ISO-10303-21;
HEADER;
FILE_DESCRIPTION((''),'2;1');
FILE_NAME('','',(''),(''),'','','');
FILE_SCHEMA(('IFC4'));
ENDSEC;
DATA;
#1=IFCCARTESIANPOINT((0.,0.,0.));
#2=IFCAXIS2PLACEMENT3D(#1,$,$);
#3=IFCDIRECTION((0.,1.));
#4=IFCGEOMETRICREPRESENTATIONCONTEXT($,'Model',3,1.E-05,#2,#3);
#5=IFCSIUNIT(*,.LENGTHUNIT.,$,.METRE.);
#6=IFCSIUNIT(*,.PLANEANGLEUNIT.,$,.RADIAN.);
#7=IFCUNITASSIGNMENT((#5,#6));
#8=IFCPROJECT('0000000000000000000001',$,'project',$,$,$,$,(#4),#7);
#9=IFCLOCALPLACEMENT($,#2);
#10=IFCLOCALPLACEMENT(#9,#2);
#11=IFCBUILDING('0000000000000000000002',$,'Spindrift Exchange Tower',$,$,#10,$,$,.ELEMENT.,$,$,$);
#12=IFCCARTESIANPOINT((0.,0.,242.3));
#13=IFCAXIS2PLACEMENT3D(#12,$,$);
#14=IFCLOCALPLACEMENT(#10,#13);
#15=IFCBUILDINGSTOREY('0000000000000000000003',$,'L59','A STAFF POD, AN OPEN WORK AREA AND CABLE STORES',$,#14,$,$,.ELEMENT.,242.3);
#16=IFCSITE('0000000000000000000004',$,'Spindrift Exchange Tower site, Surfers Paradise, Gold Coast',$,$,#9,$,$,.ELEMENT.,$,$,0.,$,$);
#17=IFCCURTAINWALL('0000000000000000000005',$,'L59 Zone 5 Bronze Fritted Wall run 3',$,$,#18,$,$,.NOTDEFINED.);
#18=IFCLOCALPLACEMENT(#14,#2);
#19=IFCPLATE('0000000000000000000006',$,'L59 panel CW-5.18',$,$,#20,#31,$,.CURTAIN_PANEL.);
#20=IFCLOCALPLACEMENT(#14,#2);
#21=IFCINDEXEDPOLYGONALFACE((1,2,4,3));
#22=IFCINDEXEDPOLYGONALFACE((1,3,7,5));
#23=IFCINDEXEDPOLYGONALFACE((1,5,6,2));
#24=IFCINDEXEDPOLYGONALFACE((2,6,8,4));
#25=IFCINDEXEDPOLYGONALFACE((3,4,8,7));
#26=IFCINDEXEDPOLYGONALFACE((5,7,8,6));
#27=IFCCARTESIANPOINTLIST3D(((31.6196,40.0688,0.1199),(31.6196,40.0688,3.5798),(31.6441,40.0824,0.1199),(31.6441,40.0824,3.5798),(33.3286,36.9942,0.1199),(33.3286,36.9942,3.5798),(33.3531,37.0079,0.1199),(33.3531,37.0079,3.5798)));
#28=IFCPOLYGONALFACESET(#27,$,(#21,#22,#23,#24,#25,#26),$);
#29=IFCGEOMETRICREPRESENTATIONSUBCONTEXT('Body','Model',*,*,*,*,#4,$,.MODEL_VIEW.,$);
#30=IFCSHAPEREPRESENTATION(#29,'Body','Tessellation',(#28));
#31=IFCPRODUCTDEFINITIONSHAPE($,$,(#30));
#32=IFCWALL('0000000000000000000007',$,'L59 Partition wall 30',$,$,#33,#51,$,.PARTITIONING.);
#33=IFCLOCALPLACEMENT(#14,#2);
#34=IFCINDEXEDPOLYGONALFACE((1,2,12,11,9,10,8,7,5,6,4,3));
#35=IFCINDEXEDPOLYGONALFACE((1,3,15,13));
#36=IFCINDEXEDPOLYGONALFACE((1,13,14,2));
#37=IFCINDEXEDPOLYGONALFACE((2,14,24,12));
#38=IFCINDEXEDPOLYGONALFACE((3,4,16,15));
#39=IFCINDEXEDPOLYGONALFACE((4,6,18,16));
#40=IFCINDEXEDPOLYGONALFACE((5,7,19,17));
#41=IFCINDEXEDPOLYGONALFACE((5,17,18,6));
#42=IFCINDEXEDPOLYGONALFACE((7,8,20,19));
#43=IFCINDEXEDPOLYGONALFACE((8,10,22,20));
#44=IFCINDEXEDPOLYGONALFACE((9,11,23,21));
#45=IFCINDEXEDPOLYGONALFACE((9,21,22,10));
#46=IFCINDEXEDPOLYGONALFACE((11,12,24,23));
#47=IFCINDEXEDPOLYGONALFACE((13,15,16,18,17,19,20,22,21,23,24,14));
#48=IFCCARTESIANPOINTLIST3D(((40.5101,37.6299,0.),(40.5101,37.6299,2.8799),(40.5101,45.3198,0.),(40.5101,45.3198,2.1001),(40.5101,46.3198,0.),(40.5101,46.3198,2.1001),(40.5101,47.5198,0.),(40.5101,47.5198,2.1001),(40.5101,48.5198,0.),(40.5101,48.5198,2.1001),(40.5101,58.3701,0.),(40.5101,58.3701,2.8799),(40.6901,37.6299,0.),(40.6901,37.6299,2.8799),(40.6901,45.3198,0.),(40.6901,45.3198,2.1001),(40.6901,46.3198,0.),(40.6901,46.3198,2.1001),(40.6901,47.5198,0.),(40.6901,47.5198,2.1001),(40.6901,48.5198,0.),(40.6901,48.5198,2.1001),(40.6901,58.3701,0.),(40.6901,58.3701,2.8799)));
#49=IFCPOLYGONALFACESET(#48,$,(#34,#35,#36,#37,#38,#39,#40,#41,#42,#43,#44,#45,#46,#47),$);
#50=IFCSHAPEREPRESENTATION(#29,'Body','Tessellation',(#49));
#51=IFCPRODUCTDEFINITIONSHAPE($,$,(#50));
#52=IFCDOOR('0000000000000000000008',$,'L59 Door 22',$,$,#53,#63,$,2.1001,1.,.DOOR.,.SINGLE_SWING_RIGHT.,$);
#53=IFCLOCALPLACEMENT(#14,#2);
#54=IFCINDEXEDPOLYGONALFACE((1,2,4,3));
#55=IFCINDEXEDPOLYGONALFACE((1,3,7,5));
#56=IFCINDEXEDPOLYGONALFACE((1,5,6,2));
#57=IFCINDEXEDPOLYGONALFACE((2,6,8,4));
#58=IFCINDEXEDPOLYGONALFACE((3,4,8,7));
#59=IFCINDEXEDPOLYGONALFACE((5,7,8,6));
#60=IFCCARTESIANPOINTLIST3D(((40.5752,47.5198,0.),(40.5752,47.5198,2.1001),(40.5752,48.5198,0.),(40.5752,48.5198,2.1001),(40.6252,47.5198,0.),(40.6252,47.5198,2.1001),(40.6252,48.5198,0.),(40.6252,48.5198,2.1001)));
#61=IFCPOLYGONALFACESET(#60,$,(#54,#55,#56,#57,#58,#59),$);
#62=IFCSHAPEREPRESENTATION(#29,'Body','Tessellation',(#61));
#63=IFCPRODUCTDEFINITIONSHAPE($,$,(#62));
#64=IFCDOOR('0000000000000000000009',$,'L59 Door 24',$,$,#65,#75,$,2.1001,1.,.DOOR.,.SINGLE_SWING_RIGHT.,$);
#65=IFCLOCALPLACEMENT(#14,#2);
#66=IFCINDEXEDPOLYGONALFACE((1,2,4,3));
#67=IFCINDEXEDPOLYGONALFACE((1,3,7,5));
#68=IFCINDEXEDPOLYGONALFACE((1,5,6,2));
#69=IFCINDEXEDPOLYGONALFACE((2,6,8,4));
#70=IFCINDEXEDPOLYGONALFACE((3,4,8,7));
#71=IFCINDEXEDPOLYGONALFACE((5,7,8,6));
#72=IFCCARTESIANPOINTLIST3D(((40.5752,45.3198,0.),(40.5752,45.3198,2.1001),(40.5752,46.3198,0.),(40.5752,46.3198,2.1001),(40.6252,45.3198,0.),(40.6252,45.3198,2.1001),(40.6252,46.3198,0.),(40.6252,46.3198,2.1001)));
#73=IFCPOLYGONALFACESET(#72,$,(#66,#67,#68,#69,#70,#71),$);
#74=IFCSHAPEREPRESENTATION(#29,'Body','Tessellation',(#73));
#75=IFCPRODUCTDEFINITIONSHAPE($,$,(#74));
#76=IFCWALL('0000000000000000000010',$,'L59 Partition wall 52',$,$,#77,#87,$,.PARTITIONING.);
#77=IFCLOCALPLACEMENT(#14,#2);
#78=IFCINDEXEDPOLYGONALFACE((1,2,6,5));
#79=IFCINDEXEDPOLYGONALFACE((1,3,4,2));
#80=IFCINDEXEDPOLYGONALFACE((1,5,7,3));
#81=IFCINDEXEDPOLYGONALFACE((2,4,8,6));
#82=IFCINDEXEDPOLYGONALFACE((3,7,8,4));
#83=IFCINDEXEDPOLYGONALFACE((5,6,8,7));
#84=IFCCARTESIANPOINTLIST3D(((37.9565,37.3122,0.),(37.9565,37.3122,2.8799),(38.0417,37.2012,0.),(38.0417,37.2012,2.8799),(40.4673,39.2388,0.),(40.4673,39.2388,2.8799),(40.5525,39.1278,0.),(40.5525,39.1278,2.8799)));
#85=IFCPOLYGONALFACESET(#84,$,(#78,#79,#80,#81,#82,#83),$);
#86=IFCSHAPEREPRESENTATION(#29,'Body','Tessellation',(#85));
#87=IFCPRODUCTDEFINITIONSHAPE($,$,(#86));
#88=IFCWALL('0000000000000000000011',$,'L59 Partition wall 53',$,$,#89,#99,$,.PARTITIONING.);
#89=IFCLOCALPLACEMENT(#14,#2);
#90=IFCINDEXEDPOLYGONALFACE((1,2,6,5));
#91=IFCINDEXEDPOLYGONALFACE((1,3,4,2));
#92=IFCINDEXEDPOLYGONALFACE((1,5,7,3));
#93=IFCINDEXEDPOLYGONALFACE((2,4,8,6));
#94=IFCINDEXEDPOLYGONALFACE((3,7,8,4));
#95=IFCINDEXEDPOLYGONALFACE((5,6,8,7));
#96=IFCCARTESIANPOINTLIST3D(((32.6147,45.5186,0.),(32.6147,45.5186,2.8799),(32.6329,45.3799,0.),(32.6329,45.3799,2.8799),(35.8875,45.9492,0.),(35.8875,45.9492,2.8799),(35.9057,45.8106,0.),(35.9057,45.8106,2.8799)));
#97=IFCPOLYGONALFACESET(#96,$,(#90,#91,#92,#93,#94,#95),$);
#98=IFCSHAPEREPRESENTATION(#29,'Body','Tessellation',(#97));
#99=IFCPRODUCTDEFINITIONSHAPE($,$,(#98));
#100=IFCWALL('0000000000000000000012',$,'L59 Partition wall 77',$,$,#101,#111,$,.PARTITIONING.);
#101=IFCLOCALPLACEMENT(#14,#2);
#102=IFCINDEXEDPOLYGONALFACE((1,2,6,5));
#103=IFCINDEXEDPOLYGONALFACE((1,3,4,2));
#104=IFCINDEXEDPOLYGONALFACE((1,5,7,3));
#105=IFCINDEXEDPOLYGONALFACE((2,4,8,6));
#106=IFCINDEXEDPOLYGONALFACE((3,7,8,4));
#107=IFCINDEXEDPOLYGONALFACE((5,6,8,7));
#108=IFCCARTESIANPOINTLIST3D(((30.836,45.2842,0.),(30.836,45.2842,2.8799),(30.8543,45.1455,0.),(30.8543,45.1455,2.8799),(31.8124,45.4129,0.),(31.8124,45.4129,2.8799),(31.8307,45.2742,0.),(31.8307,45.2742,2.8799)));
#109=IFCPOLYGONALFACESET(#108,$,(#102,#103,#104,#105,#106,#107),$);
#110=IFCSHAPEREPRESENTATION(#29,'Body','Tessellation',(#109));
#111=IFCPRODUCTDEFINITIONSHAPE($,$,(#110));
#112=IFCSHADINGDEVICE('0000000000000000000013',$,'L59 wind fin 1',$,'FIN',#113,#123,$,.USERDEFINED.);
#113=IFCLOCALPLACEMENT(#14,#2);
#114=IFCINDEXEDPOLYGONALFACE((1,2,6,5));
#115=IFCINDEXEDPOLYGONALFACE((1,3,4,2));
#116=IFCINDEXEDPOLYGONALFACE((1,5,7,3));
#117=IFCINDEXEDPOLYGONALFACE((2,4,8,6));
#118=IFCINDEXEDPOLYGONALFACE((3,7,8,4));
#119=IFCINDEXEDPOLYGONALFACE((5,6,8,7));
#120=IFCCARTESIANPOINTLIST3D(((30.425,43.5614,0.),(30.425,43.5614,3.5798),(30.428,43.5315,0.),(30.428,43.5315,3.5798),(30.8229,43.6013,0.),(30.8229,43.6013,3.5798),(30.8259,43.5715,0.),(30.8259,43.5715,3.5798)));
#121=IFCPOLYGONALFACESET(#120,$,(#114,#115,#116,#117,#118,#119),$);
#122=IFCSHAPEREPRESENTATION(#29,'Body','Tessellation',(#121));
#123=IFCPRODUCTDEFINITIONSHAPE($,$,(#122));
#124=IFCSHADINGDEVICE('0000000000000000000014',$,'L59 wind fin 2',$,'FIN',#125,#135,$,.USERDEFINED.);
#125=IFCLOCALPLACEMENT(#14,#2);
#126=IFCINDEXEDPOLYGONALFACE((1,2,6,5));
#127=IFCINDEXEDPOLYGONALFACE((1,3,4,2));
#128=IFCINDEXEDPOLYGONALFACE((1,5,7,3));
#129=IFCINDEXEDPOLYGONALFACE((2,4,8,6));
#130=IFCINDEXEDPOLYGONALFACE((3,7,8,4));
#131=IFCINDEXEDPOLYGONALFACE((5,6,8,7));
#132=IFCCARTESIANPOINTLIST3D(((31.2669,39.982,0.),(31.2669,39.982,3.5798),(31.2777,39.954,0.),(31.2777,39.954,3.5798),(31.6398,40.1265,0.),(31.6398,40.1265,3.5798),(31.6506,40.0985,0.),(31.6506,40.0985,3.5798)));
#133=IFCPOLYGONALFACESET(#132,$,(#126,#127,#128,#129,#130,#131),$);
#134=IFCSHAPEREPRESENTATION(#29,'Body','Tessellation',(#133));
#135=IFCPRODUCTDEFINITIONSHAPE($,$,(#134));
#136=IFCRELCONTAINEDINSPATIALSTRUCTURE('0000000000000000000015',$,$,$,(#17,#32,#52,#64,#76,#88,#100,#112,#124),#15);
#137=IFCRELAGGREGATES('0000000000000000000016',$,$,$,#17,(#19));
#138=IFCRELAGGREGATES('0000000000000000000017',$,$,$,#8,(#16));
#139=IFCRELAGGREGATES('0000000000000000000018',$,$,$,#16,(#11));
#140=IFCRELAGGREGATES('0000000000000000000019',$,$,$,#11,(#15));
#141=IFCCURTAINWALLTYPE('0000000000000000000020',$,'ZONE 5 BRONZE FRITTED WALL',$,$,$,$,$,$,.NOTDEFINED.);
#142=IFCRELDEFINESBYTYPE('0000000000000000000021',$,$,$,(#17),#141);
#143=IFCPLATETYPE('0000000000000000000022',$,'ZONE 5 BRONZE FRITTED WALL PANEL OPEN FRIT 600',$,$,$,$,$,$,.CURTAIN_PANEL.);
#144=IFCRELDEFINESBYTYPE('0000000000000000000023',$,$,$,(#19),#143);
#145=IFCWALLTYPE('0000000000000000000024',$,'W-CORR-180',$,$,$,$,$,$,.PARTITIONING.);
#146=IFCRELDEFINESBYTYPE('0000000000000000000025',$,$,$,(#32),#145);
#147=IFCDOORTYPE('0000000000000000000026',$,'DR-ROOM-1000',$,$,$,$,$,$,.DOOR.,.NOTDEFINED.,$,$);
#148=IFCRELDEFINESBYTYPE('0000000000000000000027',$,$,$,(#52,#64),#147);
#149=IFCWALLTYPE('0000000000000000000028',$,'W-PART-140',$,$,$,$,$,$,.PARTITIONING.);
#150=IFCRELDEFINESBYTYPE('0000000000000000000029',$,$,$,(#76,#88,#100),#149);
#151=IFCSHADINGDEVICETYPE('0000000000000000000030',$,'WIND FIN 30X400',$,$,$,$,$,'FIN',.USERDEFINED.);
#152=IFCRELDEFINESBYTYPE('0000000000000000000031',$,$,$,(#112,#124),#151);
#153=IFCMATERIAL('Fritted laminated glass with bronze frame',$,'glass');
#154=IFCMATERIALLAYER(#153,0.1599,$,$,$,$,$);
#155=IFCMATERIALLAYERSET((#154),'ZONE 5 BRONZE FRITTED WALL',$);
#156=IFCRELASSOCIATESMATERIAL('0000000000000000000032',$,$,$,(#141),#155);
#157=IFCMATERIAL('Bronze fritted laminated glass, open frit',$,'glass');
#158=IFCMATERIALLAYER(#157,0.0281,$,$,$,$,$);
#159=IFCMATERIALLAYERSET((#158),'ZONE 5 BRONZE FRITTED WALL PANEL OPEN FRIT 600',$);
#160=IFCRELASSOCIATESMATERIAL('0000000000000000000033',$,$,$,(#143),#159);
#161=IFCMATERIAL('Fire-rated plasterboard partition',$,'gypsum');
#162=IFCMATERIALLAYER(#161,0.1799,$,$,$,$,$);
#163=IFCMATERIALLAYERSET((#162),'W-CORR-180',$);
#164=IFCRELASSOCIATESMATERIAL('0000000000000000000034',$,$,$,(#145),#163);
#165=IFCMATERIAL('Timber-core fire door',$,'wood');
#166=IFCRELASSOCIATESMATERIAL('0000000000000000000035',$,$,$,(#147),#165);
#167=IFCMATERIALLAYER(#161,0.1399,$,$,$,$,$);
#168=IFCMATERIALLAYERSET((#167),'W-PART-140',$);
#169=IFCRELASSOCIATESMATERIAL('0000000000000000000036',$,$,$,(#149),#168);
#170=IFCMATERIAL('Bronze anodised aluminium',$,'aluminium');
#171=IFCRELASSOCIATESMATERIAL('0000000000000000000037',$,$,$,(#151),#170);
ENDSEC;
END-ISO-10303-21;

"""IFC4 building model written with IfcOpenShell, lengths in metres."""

from ifc_helpers import new_model, si_unit, direction, frame, frame_2d, origin, origin_2d, place, context, subcontext, project, spatial, rectangle, extrude, source, transform, mapped, material, layer, layer_set, material_profile, profile_set, type_object, element, fill, aggregate, save


model = new_model("IFC4")

# Units and contexts
model_context = context("Model", 3, precision=1e-05, world=origin(), true_north=direction((0.0, 1.0)))
body_context = subcontext(model_context, "Body", "Model", "MODEL_VIEW")
ifc_project = project(units=[si_unit("LENGTHUNIT", "METRE"), si_unit("PLANEANGLEUNIT", "RADIAN")], contexts=[model_context])

# Site, building, storey
site_placement = place(None, origin())
site = spatial("IfcSite", under=ifc_project, at=site_placement, Name="Spindrift Exchange Tower site, Surfers Paradise, Gold Coast", CompositionType="ELEMENT", RefElevation=0.0)
building_placement = place(site_placement, origin())
building = spatial("IfcBuilding", under=site, at=building_placement, Name="Spindrift Exchange Tower", CompositionType="ELEMENT")
storey_placement = place(building_placement, frame((0.0, 0.0, 242.3)))
storey = spatial("IfcBuildingStorey", under=building, at=storey_placement, Name="L59", Description="A STAFF POD, AN OPEN WORK AREA AND CABLE STORES", CompositionType="ELEMENT", Elevation=242.3)

# Curtain wall, plate
ifc_material_1 = material(Name="Fritted laminated glass with bronze frame", Category="glass")
ifc_layer_1 = layer(ifc_material_1, 0.1599)
ifc_layer_set_1 = layer_set([ifc_layer_1], Name="ZONE 5 BRONZE FRITTED WALL")
curtain_wall_type = type_object("IfcCurtainWallType", Name="ZONE 5 BRONZE FRITTED WALL", PredefinedType="NOTDEFINED", material=ifc_layer_set_1)
curtain_wall_placement = place(storey_placement, origin())
curtain_wall = element("IfcCurtainWall", 1, at=curtain_wall_placement, inside=storey, type_object=curtain_wall_type, Name="L59 Zone 5 Bronze Fritted Wall run 3", PredefinedType="NOTDEFINED")
ifc_material_2 = material(Name="Bronze anodised aluminium", Category="aluminium")
ifc_material_3 = material(Name="Bronze fritted laminated glass, open frit", Category="glass")
ifc_layer_2 = layer(ifc_material_3, 0.0281)
ifc_layer_set_2 = layer_set([ifc_layer_2], Name="ZONE 5 BRONZE FRITTED WALL PANEL OPEN FRIT 600")
plate_type_1 = type_object("IfcPlateType", Name="ZONE 5 BRONZE FRITTED WALL PANEL OPEN FRIT 600", PredefinedType="CURTAIN_PANEL", material=ifc_layer_set_2)
shared_shape_1 = source(origin(), body_context, "Body", "SweptSolid", [
    extrude(rectangle(XDim=3.5176, YDim=0.0281, at=origin_2d()), origin(), (0.0, 0.0, 1.0), 3.46),
])
plate_1_placement = place(storey_placement, frame((32.4863, 38.5383, 0.1199), z_axis=(0.0, 0.0, 1.0), x_axis=(0.485843, -0.874046, 0.0)))
plate_1 = element("IfcPlate", 2, at=plate_1_placement, type_object=plate_type_1, Name="L59 panel CW-5.18", PredefinedType="CURTAIN_PANEL", context=body_context, shape_type="MappedRepresentation", body=[
    mapped(shared_shape_1, transform((0.0, 0.0, 0.0), scale=1.0)),
])
aggregate(curtain_wall, [plate_1])

# Wall, openings, doors
ifc_material_4 = material(Name="Fire-rated plasterboard partition", Category="gypsum")
ifc_layer_3 = layer(ifc_material_4, 0.1799)
ifc_layer_set_3 = layer_set([ifc_layer_3], Name="W-CORR-180")
wall_type_1 = type_object("IfcWallType", Name="W-CORR-180", PredefinedType="PARTITIONING", material=ifc_layer_set_3)
wall_1_placement = place(storey_placement, frame((40.6001, 37.6299, 0.0), z_axis=(0.0, 0.0, 1.0), x_axis=(0.0, 1.0, 0.0)))
wall_1 = element("IfcWall", 3, at=wall_1_placement, inside=storey, type_object=wall_type_1, Name="L59 Partition wall 30", PredefinedType="PARTITIONING", context=body_context, shape_type="SweptSolid", body=[
    extrude(rectangle(XDim=20.7402, YDim=0.1799, at=frame_2d((10.3701, 0.0))), origin(), (0.0, 0.0, 1.0), 2.8799),
])
opening_1_placement = place(wall_1_placement, frame((9.8899, 0.0, 0.0)))
opening_1 = element("IfcOpeningElement", 4, at=opening_1_placement, cuts=wall_1, PredefinedType="OPENING", context=body_context, shape_type="SweptSolid", body=[
    extrude(rectangle(XDim=1.0, YDim=2.1001, at=frame_2d((0.5, 1.05))), frame((0.0, 0.0999, 0.0), z_axis=(0.0, -1.0, 0.0), x_axis=(1.0, 0.0, 0.0)), (0.0, 0.0, 1.0), 0.2),
])
opening_2_placement = place(wall_1_placement, frame((7.6899, 0.0, 0.0)))
opening_2 = element("IfcOpeningElement", 5, at=opening_2_placement, cuts=wall_1, PredefinedType="OPENING", context=body_context, shape_type="SweptSolid", body=[
    extrude(rectangle(XDim=1.0, YDim=2.1001, at=frame_2d((0.5, 1.05))), frame((0.0, 0.0999, 0.0), z_axis=(0.0, -1.0, 0.0), x_axis=(1.0, 0.0, 0.0)), (0.0, 0.0, 1.0), 0.2),
])
ifc_material_5 = material(Name="Timber-core fire door", Category="wood")
door_type = type_object("IfcDoorType", Name="DR-ROOM-1000", OperationType="NOTDEFINED", PredefinedType="DOOR", material=ifc_material_5)
shared_shape_2 = source(origin(), body_context, "Body", "SweptSolid", [
    extrude(rectangle(XDim=1.0, YDim=2.1001, at=frame_2d((0.5, 1.05))), frame((0.0, 0.0249, 0.0), z_axis=(0.0, -1.0, 0.0), x_axis=(1.0, 0.0, 0.0)), (0.0, 0.0, 1.0), 0.05),
])
door_1_placement = place(opening_1_placement, origin())
door_1 = element("IfcDoor", 6, at=door_1_placement, inside=storey, type_object=door_type, Name="L59 Door 22", OperationType="SINGLE_SWING_RIGHT", OverallHeight=2.1001, OverallWidth=1.0, PredefinedType="DOOR", context=body_context, shape_type="MappedRepresentation", body=[
    mapped(shared_shape_2, transform((0.0, 0.0, 0.0), scale=1.0)),
])
fill(opening_1, door_1)
door_2_placement = place(opening_2_placement, origin())
door_2 = element("IfcDoor", 7, at=door_2_placement, inside=storey, type_object=door_type, Name="L59 Door 24", OperationType="SINGLE_SWING_RIGHT", OverallHeight=2.1001, OverallWidth=1.0, PredefinedType="DOOR", context=body_context, shape_type="MappedRepresentation", body=[
    mapped(shared_shape_2, transform((0.0, 0.0, 0.0), scale=1.0)),
])
fill(opening_2, door_2)

# Walls
ifc_layer_4 = layer(ifc_material_4, 0.1399)
ifc_layer_set_4 = layer_set([ifc_layer_4], Name="W-PART-140")
wall_type_2 = type_object("IfcWallType", Name="W-PART-140", PredefinedType="PARTITIONING", material=ifc_layer_set_4)
wall_2_placement = place(storey_placement, frame((40.51, 39.1833, 0.0), z_axis=(0.0, 0.0, 1.0), x_axis=(-0.79336, -0.608752, 0.0)))
element("IfcWall", 8, at=wall_2_placement, inside=storey, type_object=wall_type_2, Name="L59 Partition wall 52", PredefinedType="PARTITIONING", context=body_context, shape_type="SweptSolid", body=[
    extrude(rectangle(XDim=3.1648, YDim=0.1399, at=frame_2d((1.5825, 0.0))), origin(), (0.0, 0.0, 1.0), 2.8799),
])
wall_3_placement = place(storey_placement, frame((35.8965, 45.8799, 0.0), z_axis=(0.0, 0.0, 1.0), x_axis=(-0.991453, -0.130468, 0.0)))
element("IfcWall", 9, at=wall_3_placement, inside=storey, type_object=wall_type_2, Name="L59 Partition wall 53", PredefinedType="PARTITIONING", context=body_context, shape_type="SweptSolid", body=[
    extrude(rectangle(XDim=3.301, YDim=0.1399, at=frame_2d((1.6504, 0.0))), origin(), (0.0, 0.0, 1.0), 2.8799),
])
wall_4_placement = place(storey_placement, frame((31.8215, 45.3435, 0.0), z_axis=(0.0, 0.0, 1.0), x_axis=(-0.991428, -0.130653, 0.0)))
element("IfcWall", 10, at=wall_4_placement, inside=storey, type_object=wall_type_2, Name="L59 Partition wall 77", PredefinedType="PARTITIONING", context=body_context, shape_type="SweptSolid", body=[
    extrude(rectangle(XDim=0.9849, YDim=0.1399, at=frame_2d((0.4924, 0.0))), origin(), (0.0, 0.0, 1.0), 2.8799),
])

# Shading devices
ifc_material_profile_1 = material_profile(ifc_material_2, rectangle(XDim=0.03, YDim=0.3999, at=origin_2d()), Name="WIND FIN 30X400")
ifc_profile_set_1 = profile_set([ifc_material_profile_1], Name="Bronze anodised aluminium")
shading_device_type = type_object("IfcShadingDeviceType", Name="WIND FIN 30X400", ElementType="FIN", PredefinedType="USERDEFINED", material=ifc_profile_set_1)
shared_shape_3 = source(origin(), body_context, "Body", "SweptSolid", [
    extrude(rectangle(XDim=0.03, YDim=0.3999, at=origin_2d()), origin(), (0.0, 0.0, 1.0), 3.5798),
])
for number, where, z_axis, x_axis, name in (
    (11, (30.6255, 43.5664, 0.0), (0.0, 0.0, 1.0), (0.09998, -0.994989, 0.0), "L59 wind fin 1"),
    (12, (31.4587, 40.0403, 0.0), (0.0, 0.0, 1.0), (0.361319, -0.932442, 0.0), "L59 wind fin 2"),
):
    element("IfcShadingDevice", number, at=place(storey_placement, frame(where, z_axis=z_axis, x_axis=x_axis)), inside=storey, type_object=shading_device_type, Name=name, ObjectType="FIN", PredefinedType="USERDEFINED", context=body_context, shape_type="MappedRepresentation", body=[
        mapped(shared_shape_3, transform((0.0, 0.0, 0.0), scale=1.0)),
    ])

save(model, "model.ifc")
